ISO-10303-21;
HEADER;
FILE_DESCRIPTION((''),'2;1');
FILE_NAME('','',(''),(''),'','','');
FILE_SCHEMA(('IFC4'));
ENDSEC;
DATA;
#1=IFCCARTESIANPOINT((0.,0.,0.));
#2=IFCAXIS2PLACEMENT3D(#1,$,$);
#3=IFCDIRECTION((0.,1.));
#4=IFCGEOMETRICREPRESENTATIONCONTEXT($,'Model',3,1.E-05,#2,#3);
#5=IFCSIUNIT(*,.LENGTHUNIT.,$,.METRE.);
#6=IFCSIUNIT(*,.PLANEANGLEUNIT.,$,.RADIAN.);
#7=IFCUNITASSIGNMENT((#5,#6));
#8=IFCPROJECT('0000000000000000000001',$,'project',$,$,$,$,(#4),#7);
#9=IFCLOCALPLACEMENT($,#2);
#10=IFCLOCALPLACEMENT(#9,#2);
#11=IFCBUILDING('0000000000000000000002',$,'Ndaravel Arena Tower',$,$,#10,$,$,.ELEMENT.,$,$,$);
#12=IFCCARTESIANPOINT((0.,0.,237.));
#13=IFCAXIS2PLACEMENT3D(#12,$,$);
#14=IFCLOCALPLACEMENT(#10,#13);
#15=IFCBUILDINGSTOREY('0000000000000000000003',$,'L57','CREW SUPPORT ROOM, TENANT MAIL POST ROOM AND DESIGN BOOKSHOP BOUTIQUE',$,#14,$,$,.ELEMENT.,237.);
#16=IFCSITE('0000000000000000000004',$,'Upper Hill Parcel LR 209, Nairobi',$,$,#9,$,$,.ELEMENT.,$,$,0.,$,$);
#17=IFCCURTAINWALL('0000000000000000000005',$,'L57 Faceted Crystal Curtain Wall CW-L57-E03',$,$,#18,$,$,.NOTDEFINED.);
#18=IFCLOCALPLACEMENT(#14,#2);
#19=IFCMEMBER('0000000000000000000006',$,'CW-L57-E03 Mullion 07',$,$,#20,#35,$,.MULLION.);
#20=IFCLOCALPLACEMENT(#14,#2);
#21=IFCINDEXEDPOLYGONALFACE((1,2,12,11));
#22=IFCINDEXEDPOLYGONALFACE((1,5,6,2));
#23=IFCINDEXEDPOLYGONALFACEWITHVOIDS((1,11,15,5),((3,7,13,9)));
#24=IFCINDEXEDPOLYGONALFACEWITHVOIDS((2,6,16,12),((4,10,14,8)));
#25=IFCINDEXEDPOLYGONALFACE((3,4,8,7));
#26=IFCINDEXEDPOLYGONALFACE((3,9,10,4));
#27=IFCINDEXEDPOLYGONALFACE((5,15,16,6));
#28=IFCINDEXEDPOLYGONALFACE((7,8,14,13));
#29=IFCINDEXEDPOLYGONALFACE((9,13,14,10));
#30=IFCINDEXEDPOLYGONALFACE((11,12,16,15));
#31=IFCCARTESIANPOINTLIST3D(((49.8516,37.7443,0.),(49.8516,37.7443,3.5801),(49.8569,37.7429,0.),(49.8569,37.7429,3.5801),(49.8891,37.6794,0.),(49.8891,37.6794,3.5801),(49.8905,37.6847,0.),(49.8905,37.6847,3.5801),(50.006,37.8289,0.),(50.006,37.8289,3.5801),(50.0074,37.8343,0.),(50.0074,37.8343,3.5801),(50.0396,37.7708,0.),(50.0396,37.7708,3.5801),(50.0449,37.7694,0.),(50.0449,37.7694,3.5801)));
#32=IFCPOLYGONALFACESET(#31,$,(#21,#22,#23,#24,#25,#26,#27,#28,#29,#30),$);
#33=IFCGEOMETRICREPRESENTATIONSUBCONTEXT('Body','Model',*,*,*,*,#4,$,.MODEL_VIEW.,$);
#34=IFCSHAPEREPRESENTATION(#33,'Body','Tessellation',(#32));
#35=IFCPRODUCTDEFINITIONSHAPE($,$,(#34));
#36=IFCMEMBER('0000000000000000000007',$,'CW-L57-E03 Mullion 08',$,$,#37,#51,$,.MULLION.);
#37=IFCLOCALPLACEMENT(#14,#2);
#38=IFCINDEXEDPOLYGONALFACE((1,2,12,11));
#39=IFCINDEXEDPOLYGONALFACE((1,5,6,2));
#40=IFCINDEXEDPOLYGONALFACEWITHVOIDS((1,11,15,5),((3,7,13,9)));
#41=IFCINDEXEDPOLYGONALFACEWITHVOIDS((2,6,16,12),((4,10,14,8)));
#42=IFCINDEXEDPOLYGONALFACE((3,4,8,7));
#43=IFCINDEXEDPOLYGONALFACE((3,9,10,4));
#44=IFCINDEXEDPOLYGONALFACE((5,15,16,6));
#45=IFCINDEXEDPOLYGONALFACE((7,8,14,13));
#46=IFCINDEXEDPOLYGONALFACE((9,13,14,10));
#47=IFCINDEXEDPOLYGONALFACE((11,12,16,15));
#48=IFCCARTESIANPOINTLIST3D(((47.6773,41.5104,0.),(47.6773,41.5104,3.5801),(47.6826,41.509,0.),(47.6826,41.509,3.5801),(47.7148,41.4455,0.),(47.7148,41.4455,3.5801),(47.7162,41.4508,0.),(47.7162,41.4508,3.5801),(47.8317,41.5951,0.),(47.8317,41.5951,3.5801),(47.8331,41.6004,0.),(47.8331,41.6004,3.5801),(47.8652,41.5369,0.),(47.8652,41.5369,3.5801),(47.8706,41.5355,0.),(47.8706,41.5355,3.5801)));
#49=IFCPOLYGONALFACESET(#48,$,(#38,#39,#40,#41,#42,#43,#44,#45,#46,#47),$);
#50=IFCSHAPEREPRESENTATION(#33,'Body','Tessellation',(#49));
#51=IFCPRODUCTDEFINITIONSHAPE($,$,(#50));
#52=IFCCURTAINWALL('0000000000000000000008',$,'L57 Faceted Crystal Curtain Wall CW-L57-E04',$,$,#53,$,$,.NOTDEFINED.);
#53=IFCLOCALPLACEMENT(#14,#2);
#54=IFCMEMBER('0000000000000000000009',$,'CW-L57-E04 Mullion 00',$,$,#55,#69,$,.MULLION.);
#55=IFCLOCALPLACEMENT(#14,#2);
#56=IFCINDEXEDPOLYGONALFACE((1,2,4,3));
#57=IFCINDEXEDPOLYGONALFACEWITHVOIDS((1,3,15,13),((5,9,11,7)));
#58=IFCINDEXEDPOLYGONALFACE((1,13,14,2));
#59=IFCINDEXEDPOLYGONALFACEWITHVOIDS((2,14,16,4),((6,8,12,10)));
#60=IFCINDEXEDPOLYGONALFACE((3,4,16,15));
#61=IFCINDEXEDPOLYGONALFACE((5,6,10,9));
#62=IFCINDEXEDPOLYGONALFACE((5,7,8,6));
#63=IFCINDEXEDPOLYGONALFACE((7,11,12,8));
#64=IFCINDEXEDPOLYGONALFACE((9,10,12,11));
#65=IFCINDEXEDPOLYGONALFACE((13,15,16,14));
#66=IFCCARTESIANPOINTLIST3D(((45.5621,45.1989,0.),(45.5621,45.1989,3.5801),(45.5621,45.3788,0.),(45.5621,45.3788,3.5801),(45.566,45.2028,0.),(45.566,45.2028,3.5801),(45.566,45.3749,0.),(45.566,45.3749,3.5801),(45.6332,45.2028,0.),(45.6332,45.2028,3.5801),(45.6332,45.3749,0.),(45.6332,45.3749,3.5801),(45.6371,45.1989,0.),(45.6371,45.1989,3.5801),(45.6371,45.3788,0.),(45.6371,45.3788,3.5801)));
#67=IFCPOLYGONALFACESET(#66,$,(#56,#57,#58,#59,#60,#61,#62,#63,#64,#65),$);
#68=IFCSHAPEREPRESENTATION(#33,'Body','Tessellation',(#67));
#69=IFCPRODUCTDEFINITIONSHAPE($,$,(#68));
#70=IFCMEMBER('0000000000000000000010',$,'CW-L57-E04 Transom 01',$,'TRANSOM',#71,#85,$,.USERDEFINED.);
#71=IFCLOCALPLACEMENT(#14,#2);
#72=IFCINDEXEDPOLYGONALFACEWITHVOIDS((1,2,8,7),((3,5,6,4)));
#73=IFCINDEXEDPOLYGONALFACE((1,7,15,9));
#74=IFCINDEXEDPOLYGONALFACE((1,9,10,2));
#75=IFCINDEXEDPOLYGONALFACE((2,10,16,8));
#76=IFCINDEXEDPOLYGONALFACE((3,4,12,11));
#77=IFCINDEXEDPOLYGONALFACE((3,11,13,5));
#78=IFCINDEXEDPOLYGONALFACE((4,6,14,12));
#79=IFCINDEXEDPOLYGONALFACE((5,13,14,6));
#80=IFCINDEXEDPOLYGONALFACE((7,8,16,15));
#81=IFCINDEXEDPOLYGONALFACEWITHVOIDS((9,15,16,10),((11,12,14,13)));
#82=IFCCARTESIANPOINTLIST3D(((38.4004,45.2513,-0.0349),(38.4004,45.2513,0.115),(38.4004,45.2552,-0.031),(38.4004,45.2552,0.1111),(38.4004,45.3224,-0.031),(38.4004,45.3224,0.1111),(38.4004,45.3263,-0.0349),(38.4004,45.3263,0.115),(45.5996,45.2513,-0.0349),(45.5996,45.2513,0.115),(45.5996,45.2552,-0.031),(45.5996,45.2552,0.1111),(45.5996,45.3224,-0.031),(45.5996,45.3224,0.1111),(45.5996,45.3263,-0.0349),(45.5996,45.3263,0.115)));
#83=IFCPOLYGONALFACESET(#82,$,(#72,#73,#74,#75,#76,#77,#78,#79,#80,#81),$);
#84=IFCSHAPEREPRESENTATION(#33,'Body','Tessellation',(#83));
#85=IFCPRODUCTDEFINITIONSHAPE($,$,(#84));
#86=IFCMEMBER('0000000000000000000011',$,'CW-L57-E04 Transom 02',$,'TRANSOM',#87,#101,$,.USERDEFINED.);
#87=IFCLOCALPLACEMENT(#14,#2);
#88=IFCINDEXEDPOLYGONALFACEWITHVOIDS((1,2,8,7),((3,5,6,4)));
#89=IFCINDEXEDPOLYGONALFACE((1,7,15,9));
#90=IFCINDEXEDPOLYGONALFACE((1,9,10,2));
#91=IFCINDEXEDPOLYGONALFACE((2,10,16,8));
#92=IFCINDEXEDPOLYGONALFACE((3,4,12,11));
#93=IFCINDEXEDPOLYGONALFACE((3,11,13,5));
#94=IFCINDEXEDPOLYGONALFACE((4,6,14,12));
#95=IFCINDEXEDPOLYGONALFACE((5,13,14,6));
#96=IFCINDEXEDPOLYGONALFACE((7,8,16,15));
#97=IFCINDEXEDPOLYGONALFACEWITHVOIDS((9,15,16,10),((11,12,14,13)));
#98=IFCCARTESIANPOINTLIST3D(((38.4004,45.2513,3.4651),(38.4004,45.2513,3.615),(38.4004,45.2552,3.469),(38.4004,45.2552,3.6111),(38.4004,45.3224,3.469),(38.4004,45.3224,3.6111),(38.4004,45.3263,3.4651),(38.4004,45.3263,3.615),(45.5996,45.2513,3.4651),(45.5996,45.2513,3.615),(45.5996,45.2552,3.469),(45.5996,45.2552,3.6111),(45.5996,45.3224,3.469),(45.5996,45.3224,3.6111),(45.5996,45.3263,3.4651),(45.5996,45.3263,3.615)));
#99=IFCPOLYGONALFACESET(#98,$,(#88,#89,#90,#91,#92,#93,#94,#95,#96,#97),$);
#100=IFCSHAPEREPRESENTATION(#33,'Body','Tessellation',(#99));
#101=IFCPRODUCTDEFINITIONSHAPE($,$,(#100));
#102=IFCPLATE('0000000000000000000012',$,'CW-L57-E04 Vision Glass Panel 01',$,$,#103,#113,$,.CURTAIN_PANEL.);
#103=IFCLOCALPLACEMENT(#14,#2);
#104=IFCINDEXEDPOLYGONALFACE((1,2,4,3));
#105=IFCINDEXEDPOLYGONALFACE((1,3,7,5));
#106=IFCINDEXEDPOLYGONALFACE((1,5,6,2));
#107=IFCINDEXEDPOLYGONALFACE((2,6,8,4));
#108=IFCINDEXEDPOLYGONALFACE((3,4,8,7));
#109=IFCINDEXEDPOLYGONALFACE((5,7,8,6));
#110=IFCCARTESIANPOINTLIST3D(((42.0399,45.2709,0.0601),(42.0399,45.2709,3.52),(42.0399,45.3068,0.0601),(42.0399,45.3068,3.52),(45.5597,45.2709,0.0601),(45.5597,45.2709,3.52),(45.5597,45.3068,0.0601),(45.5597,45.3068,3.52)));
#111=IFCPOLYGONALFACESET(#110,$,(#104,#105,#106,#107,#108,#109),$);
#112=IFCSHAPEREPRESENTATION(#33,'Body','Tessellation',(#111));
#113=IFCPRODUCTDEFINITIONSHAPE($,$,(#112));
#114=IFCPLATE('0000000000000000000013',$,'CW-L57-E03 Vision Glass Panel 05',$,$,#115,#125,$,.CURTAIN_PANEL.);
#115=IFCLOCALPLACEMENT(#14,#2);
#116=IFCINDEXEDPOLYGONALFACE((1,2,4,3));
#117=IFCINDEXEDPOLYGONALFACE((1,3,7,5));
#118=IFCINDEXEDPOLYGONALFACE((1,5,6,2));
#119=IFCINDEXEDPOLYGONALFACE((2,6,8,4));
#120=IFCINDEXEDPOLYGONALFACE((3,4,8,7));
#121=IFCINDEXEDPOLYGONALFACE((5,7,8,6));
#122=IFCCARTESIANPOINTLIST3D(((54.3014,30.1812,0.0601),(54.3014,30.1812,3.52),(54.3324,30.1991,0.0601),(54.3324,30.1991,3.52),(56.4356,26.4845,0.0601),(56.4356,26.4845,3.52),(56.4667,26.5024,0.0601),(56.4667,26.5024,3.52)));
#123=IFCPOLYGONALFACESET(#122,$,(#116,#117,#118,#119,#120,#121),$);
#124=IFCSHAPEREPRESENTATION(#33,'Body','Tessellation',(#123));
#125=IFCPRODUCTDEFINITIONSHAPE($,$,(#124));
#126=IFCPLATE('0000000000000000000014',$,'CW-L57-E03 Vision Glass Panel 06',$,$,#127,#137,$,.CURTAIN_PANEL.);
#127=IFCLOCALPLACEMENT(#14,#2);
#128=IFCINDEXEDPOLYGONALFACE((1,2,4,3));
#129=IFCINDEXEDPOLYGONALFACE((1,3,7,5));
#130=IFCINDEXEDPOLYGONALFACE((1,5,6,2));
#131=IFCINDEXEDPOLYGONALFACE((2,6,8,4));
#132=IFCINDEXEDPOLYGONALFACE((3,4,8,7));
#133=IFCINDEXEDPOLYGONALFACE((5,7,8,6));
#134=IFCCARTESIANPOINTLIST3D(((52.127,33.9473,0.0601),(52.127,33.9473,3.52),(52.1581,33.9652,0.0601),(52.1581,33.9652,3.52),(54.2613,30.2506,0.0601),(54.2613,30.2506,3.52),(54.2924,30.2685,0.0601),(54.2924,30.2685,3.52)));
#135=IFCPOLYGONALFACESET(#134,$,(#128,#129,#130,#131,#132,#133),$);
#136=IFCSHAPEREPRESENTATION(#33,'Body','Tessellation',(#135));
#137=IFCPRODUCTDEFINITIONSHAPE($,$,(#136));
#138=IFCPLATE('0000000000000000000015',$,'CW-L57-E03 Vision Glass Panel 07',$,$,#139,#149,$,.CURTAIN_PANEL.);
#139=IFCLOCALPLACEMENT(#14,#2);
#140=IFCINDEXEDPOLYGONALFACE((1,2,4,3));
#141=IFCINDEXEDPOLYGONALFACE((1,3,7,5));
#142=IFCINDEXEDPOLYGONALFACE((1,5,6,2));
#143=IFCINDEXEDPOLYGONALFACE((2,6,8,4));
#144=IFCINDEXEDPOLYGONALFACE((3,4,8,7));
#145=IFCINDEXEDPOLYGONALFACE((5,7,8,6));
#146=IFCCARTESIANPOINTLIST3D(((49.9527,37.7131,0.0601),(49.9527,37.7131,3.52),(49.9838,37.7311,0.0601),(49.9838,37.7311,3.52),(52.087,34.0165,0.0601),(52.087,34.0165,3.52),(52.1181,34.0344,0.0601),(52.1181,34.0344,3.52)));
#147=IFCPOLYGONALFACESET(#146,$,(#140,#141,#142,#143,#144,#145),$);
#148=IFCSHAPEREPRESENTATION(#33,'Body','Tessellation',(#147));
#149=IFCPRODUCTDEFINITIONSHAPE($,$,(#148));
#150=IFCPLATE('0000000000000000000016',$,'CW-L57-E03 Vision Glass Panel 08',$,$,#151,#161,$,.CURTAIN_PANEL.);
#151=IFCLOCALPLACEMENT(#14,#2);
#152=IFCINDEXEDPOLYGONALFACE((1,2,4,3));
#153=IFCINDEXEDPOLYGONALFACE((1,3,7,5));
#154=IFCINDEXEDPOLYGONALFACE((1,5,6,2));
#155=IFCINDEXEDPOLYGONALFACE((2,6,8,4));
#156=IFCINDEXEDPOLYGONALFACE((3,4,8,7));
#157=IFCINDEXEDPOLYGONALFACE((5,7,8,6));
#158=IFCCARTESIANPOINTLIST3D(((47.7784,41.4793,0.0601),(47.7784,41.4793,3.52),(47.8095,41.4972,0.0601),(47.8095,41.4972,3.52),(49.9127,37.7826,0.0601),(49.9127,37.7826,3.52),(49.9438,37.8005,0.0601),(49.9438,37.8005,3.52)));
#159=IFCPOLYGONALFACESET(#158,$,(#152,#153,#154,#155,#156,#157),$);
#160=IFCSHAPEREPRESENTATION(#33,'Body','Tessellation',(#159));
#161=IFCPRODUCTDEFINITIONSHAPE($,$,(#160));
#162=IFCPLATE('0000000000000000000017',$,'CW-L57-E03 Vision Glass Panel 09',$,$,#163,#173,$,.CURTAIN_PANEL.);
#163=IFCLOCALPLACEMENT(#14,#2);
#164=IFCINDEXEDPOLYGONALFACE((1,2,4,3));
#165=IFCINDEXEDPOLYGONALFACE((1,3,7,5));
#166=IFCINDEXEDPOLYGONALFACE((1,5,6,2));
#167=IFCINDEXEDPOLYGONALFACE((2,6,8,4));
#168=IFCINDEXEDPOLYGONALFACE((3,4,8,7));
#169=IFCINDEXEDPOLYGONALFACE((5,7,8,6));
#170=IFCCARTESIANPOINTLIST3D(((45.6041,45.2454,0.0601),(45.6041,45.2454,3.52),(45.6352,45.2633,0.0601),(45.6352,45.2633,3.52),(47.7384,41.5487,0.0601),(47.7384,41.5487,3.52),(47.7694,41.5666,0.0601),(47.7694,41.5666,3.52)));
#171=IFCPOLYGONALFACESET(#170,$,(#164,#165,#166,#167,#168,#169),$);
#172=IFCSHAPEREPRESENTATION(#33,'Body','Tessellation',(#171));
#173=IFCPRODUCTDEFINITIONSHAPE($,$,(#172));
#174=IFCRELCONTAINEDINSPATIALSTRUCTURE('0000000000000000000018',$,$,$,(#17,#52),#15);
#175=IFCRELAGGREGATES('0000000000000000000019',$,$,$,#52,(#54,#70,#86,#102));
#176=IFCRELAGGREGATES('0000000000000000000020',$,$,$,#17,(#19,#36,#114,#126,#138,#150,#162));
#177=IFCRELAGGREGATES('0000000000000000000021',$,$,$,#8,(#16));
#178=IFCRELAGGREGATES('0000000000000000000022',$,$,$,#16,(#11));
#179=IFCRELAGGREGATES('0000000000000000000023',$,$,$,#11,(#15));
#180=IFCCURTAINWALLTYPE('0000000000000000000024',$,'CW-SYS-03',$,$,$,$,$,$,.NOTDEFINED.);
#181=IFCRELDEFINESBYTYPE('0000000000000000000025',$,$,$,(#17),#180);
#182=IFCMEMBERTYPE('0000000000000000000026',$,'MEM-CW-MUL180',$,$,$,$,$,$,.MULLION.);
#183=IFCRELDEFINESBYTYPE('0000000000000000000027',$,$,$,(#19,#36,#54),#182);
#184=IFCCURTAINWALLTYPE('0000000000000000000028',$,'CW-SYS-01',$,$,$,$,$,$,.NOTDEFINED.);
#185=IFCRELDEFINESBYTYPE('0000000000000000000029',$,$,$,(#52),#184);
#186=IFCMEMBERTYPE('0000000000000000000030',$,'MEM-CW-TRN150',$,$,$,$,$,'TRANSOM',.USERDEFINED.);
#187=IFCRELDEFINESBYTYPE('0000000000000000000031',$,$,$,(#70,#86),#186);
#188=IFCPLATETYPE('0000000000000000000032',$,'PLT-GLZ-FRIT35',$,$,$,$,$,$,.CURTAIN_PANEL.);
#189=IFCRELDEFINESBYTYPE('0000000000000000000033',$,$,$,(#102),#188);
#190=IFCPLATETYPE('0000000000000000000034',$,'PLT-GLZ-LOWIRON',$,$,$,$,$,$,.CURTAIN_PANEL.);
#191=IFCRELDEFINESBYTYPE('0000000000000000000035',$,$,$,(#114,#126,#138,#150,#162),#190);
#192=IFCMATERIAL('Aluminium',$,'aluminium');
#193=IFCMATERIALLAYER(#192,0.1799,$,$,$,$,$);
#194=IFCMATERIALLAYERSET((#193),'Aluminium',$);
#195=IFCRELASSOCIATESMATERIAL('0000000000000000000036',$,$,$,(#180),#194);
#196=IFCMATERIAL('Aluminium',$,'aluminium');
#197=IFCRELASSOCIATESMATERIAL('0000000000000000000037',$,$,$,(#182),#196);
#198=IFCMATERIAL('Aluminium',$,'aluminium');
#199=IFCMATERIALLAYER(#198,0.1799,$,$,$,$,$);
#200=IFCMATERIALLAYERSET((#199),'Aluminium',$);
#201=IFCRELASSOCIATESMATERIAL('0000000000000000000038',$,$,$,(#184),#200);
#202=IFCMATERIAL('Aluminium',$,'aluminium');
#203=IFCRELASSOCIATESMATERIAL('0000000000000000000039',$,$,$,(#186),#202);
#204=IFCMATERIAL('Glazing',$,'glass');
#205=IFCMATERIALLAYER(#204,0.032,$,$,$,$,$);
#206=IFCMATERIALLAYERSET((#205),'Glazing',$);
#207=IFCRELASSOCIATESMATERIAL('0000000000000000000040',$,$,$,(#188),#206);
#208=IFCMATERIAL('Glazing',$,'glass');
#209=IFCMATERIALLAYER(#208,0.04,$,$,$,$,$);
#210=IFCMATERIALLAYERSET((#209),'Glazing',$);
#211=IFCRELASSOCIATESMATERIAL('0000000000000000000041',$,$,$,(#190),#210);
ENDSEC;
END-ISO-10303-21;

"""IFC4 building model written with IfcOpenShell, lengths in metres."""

from ifc_helpers import new_model, si_unit, direction, frame, origin, origin_2d, place, context, subcontext, project, spatial, rectangle, hollow_rectangle, extrude, material, layer, layer_set, material_profile, profile_set, type_object, element, aggregate, save


model = new_model("IFC4")

# Units and contexts
model_context = context("Model", 3, precision=1e-05, world=origin(), true_north=direction((0.0, 1.0)))
body_context = subcontext(model_context, "Body", "Model", "MODEL_VIEW")
ifc_project = project(units=[si_unit("LENGTHUNIT", "METRE"), si_unit("PLANEANGLEUNIT", "RADIAN")], contexts=[model_context])

# Site, building, storey
site_placement = place(None, origin())
site = spatial("IfcSite", under=ifc_project, at=site_placement, Name="Upper Hill Parcel LR 209, Nairobi", CompositionType="ELEMENT", RefElevation=0.0)
building_placement = place(site_placement, origin())
building = spatial("IfcBuilding", under=site, at=building_placement, Name="Ndaravel Arena Tower", CompositionType="ELEMENT")
storey_placement = place(building_placement, frame((0.0, 0.0, 237.0)))
storey = spatial("IfcBuildingStorey", under=building, at=storey_placement, Name="L57", Description="CREW SUPPORT ROOM, TENANT MAIL POST ROOM AND DESIGN BOOKSHOP BOUTIQUE", CompositionType="ELEMENT", Elevation=237.0)

# Curtain wall, members
ifc_material_1 = material(Name="Aluminium", Category="aluminium")
ifc_layer_1 = layer(ifc_material_1, 0.1799)
ifc_layer_set_1 = layer_set([ifc_layer_1], Name="Aluminium")
curtain_wall_type_1 = type_object("IfcCurtainWallType", Name="CW-SYS-03", PredefinedType="NOTDEFINED", material=ifc_layer_set_1)
curtain_wall_1_placement = place(storey_placement, origin())
curtain_wall_1 = element("IfcCurtainWall", 1, at=curtain_wall_1_placement, inside=storey, type_object=curtain_wall_type_1, Name="L57 Faceted Crystal Curtain Wall CW-L57-E03", PredefinedType="NOTDEFINED")
ifc_material_2 = material(Name="Aluminium", Category="aluminium")
ifc_material_profile_1 = material_profile(ifc_material_2, hollow_rectangle(XDim=0.075, YDim=0.1799, WallThickness=0.0039, at=origin_2d()), Name="CW MULLION 75x180x4")
ifc_profile_set_1 = profile_set([ifc_material_profile_1], Name="Aluminium")
member_type_1 = type_object("IfcMemberType", Name="MEM-CW-MUL180", PredefinedType="MULLION", material=ifc_profile_set_1)
member_1_placement = place(storey_placement, frame((49.9482, 37.7568, 0.0), z_axis=(0.0, 0.0, 1.0), x_axis=(-0.5, 0.866025, 0.0)))
member_1 = element("IfcMember", 2, at=member_1_placement, type_object=member_type_1, Name="CW-L57-E03 Mullion 07", PredefinedType="MULLION", context=body_context, shape_type="SweptSolid", body=[
    extrude(hollow_rectangle(XDim=0.075, YDim=0.1799, WallThickness=0.0039, at=origin_2d()), origin(), (0.0, 0.0, 1.0), 3.5801),
])
member_2_placement = place(storey_placement, frame((47.7739, 41.5229, 0.0), z_axis=(0.0, 0.0, 1.0), x_axis=(-0.5, 0.866025, 0.0)))
member_2 = element("IfcMember", 3, at=member_2_placement, type_object=member_type_1, Name="CW-L57-E03 Mullion 08", PredefinedType="MULLION", context=body_context, shape_type="SweptSolid", body=[
    extrude(hollow_rectangle(XDim=0.075, YDim=0.1799, WallThickness=0.0039, at=origin_2d()), origin(), (0.0, 0.0, 1.0), 3.5801),
])

# Curtain wall, members, plate
ifc_material_3 = material(Name="Aluminium", Category="aluminium")
ifc_layer_2 = layer(ifc_material_3, 0.1799)
ifc_layer_set_2 = layer_set([ifc_layer_2], Name="Aluminium")
curtain_wall_type_2 = type_object("IfcCurtainWallType", Name="CW-SYS-01", PredefinedType="NOTDEFINED", material=ifc_layer_set_2)
curtain_wall_2_placement = place(storey_placement, origin())
curtain_wall_2 = element("IfcCurtainWall", 4, at=curtain_wall_2_placement, inside=storey, type_object=curtain_wall_type_2, Name="L57 Faceted Crystal Curtain Wall CW-L57-E04", PredefinedType="NOTDEFINED")
member_3_placement = place(storey_placement, frame((45.5996, 45.2888, 0.0), z_axis=(0.0, 0.0, 1.0), x_axis=(-1.0, 0.0, 0.0)))
member_3 = element("IfcMember", 5, at=member_3_placement, type_object=member_type_1, Name="CW-L57-E04 Mullion 00", PredefinedType="MULLION", context=body_context, shape_type="SweptSolid", body=[
    extrude(hollow_rectangle(XDim=0.075, YDim=0.1799, WallThickness=0.0039, at=origin_2d()), origin(), (0.0, 0.0, 1.0), 3.5801),
])
ifc_material_4 = material(Name="Aluminium", Category="aluminium")
ifc_material_profile_2 = material_profile(ifc_material_4, hollow_rectangle(XDim=0.075, YDim=0.1499, WallThickness=0.0039, at=origin_2d()), Name="CW TRANSOM 75x150x4")
ifc_profile_set_2 = profile_set([ifc_material_profile_2], Name="Aluminium")
member_type_2 = type_object("IfcMemberType", Name="MEM-CW-TRN150", ElementType="TRANSOM", PredefinedType="USERDEFINED", material=ifc_profile_set_2)
member_4_placement = place(storey_placement, frame((45.5996, 45.2888, 0.04), z_axis=(-1.0, 0.0, 0.0), x_axis=(0.0, -1.0, 0.0)))
member_4 = element("IfcMember", 6, at=member_4_placement, type_object=member_type_2, Name="CW-L57-E04 Transom 01", ObjectType="TRANSOM", PredefinedType="USERDEFINED", context=body_context, shape_type="SweptSolid", body=[
    extrude(hollow_rectangle(XDim=0.075, YDim=0.1499, WallThickness=0.0039, at=origin_2d()), origin(), (0.0, 0.0, 1.0), 7.1992),
])
member_5_placement = place(storey_placement, frame((45.5996, 45.2888, 3.54), z_axis=(-1.0, 0.0, 0.0), x_axis=(0.0, -1.0, 0.0)))
member_5 = element("IfcMember", 7, at=member_5_placement, type_object=member_type_2, Name="CW-L57-E04 Transom 02", ObjectType="TRANSOM", PredefinedType="USERDEFINED", context=body_context, shape_type="SweptSolid", body=[
    extrude(hollow_rectangle(XDim=0.075, YDim=0.1499, WallThickness=0.0039, at=origin_2d()), origin(), (0.0, 0.0, 1.0), 7.1992),
])
ifc_material_5 = material(Name="Glazing", Category="glass")
ifc_layer_3 = layer(ifc_material_5, 0.032)
ifc_layer_set_3 = layer_set([ifc_layer_3], Name="Glazing")
plate_type_1 = type_object("IfcPlateType", Name="PLT-GLZ-FRIT35", PredefinedType="CURTAIN_PANEL", material=ifc_layer_set_3)
plate_1_placement = place(storey_placement, frame((43.7998, 45.2888, 0.0601), z_axis=(0.0, 0.0, 1.0), x_axis=(-1.0, 0.0, 0.0)))
plate_1 = element("IfcPlate", 8, at=plate_1_placement, type_object=plate_type_1, Name="CW-L57-E04 Vision Glass Panel 01", PredefinedType="CURTAIN_PANEL", context=body_context, shape_type="SweptSolid", body=[
    extrude(rectangle(XDim=3.5198, YDim=0.0359, at=origin_2d()), origin(), (0.0, 0.0, 1.0), 3.46),
])
aggregate(curtain_wall_2, [member_3, member_4, member_5, plate_1])

# Plates
ifc_material_6 = material(Name="Glazing", Category="glass")
ifc_layer_4 = layer(ifc_material_6, 0.04)
ifc_layer_set_4 = layer_set([ifc_layer_4], Name="Glazing")
plate_type_2 = type_object("IfcPlateType", Name="PLT-GLZ-LOWIRON", PredefinedType="CURTAIN_PANEL", material=ifc_layer_set_4)
plate_2_placement = place(storey_placement, frame((55.384, 28.3418, 0.0601), z_axis=(0.0, 0.0, 1.0), x_axis=(-0.5, 0.866025, 0.0)))
plate_2 = element("IfcPlate", 9, at=plate_2_placement, type_object=plate_type_2, Name="CW-L57-E03 Vision Glass Panel 05", PredefinedType="CURTAIN_PANEL", context=body_context, shape_type="SweptSolid", body=[
    extrude(rectangle(XDim=4.2686, YDim=0.0359, at=origin_2d()), origin(), (0.0, 0.0, 1.0), 3.46),
])
plate_3_placement = place(storey_placement, frame((53.2097, 32.1079, 0.0601), z_axis=(0.0, 0.0, 1.0), x_axis=(-0.5, 0.866025, 0.0)))
plate_3 = element("IfcPlate", 10, at=plate_3_placement, type_object=plate_type_2, Name="CW-L57-E03 Vision Glass Panel 06", PredefinedType="CURTAIN_PANEL", context=body_context, shape_type="SweptSolid", body=[
    extrude(rectangle(XDim=4.2686, YDim=0.0359, at=origin_2d()), origin(), (0.0, 0.0, 1.0), 3.46),
])
plate_4_placement = place(storey_placement, frame((51.0354, 35.8738, 0.0601), z_axis=(0.0, 0.0, 1.0), x_axis=(-0.5, 0.866025, 0.0)))
plate_4 = element("IfcPlate", 11, at=plate_4_placement, type_object=plate_type_2, Name="CW-L57-E03 Vision Glass Panel 07", PredefinedType="CURTAIN_PANEL", context=body_context, shape_type="SweptSolid", body=[
    extrude(rectangle(XDim=4.2686, YDim=0.0359, at=origin_2d()), origin(), (0.0, 0.0, 1.0), 3.46),
])
plate_5_placement = place(storey_placement, frame((48.8611, 39.6399, 0.0601), z_axis=(0.0, 0.0, 1.0), x_axis=(-0.5, 0.866025, 0.0)))
plate_5 = element("IfcPlate", 12, at=plate_5_placement, type_object=plate_type_2, Name="CW-L57-E03 Vision Glass Panel 08", PredefinedType="CURTAIN_PANEL", context=body_context, shape_type="SweptSolid", body=[
    extrude(rectangle(XDim=4.2686, YDim=0.0359, at=origin_2d()), origin(), (0.0, 0.0, 1.0), 3.46),
])
plate_6_placement = place(storey_placement, frame((46.6868, 43.406, 0.0601), z_axis=(0.0, 0.0, 1.0), x_axis=(-0.5, 0.866025, 0.0)))
plate_6 = element("IfcPlate", 13, at=plate_6_placement, type_object=plate_type_2, Name="CW-L57-E03 Vision Glass Panel 09", PredefinedType="CURTAIN_PANEL", context=body_context, shape_type="SweptSolid", body=[
    extrude(rectangle(XDim=4.2686, YDim=0.0359, at=origin_2d()), origin(), (0.0, 0.0, 1.0), 3.46),
])
aggregate(curtain_wall_1, [member_1, member_2, plate_2, plate_3, plate_4, plate_5, plate_6])

save(model, "model.ifc")
